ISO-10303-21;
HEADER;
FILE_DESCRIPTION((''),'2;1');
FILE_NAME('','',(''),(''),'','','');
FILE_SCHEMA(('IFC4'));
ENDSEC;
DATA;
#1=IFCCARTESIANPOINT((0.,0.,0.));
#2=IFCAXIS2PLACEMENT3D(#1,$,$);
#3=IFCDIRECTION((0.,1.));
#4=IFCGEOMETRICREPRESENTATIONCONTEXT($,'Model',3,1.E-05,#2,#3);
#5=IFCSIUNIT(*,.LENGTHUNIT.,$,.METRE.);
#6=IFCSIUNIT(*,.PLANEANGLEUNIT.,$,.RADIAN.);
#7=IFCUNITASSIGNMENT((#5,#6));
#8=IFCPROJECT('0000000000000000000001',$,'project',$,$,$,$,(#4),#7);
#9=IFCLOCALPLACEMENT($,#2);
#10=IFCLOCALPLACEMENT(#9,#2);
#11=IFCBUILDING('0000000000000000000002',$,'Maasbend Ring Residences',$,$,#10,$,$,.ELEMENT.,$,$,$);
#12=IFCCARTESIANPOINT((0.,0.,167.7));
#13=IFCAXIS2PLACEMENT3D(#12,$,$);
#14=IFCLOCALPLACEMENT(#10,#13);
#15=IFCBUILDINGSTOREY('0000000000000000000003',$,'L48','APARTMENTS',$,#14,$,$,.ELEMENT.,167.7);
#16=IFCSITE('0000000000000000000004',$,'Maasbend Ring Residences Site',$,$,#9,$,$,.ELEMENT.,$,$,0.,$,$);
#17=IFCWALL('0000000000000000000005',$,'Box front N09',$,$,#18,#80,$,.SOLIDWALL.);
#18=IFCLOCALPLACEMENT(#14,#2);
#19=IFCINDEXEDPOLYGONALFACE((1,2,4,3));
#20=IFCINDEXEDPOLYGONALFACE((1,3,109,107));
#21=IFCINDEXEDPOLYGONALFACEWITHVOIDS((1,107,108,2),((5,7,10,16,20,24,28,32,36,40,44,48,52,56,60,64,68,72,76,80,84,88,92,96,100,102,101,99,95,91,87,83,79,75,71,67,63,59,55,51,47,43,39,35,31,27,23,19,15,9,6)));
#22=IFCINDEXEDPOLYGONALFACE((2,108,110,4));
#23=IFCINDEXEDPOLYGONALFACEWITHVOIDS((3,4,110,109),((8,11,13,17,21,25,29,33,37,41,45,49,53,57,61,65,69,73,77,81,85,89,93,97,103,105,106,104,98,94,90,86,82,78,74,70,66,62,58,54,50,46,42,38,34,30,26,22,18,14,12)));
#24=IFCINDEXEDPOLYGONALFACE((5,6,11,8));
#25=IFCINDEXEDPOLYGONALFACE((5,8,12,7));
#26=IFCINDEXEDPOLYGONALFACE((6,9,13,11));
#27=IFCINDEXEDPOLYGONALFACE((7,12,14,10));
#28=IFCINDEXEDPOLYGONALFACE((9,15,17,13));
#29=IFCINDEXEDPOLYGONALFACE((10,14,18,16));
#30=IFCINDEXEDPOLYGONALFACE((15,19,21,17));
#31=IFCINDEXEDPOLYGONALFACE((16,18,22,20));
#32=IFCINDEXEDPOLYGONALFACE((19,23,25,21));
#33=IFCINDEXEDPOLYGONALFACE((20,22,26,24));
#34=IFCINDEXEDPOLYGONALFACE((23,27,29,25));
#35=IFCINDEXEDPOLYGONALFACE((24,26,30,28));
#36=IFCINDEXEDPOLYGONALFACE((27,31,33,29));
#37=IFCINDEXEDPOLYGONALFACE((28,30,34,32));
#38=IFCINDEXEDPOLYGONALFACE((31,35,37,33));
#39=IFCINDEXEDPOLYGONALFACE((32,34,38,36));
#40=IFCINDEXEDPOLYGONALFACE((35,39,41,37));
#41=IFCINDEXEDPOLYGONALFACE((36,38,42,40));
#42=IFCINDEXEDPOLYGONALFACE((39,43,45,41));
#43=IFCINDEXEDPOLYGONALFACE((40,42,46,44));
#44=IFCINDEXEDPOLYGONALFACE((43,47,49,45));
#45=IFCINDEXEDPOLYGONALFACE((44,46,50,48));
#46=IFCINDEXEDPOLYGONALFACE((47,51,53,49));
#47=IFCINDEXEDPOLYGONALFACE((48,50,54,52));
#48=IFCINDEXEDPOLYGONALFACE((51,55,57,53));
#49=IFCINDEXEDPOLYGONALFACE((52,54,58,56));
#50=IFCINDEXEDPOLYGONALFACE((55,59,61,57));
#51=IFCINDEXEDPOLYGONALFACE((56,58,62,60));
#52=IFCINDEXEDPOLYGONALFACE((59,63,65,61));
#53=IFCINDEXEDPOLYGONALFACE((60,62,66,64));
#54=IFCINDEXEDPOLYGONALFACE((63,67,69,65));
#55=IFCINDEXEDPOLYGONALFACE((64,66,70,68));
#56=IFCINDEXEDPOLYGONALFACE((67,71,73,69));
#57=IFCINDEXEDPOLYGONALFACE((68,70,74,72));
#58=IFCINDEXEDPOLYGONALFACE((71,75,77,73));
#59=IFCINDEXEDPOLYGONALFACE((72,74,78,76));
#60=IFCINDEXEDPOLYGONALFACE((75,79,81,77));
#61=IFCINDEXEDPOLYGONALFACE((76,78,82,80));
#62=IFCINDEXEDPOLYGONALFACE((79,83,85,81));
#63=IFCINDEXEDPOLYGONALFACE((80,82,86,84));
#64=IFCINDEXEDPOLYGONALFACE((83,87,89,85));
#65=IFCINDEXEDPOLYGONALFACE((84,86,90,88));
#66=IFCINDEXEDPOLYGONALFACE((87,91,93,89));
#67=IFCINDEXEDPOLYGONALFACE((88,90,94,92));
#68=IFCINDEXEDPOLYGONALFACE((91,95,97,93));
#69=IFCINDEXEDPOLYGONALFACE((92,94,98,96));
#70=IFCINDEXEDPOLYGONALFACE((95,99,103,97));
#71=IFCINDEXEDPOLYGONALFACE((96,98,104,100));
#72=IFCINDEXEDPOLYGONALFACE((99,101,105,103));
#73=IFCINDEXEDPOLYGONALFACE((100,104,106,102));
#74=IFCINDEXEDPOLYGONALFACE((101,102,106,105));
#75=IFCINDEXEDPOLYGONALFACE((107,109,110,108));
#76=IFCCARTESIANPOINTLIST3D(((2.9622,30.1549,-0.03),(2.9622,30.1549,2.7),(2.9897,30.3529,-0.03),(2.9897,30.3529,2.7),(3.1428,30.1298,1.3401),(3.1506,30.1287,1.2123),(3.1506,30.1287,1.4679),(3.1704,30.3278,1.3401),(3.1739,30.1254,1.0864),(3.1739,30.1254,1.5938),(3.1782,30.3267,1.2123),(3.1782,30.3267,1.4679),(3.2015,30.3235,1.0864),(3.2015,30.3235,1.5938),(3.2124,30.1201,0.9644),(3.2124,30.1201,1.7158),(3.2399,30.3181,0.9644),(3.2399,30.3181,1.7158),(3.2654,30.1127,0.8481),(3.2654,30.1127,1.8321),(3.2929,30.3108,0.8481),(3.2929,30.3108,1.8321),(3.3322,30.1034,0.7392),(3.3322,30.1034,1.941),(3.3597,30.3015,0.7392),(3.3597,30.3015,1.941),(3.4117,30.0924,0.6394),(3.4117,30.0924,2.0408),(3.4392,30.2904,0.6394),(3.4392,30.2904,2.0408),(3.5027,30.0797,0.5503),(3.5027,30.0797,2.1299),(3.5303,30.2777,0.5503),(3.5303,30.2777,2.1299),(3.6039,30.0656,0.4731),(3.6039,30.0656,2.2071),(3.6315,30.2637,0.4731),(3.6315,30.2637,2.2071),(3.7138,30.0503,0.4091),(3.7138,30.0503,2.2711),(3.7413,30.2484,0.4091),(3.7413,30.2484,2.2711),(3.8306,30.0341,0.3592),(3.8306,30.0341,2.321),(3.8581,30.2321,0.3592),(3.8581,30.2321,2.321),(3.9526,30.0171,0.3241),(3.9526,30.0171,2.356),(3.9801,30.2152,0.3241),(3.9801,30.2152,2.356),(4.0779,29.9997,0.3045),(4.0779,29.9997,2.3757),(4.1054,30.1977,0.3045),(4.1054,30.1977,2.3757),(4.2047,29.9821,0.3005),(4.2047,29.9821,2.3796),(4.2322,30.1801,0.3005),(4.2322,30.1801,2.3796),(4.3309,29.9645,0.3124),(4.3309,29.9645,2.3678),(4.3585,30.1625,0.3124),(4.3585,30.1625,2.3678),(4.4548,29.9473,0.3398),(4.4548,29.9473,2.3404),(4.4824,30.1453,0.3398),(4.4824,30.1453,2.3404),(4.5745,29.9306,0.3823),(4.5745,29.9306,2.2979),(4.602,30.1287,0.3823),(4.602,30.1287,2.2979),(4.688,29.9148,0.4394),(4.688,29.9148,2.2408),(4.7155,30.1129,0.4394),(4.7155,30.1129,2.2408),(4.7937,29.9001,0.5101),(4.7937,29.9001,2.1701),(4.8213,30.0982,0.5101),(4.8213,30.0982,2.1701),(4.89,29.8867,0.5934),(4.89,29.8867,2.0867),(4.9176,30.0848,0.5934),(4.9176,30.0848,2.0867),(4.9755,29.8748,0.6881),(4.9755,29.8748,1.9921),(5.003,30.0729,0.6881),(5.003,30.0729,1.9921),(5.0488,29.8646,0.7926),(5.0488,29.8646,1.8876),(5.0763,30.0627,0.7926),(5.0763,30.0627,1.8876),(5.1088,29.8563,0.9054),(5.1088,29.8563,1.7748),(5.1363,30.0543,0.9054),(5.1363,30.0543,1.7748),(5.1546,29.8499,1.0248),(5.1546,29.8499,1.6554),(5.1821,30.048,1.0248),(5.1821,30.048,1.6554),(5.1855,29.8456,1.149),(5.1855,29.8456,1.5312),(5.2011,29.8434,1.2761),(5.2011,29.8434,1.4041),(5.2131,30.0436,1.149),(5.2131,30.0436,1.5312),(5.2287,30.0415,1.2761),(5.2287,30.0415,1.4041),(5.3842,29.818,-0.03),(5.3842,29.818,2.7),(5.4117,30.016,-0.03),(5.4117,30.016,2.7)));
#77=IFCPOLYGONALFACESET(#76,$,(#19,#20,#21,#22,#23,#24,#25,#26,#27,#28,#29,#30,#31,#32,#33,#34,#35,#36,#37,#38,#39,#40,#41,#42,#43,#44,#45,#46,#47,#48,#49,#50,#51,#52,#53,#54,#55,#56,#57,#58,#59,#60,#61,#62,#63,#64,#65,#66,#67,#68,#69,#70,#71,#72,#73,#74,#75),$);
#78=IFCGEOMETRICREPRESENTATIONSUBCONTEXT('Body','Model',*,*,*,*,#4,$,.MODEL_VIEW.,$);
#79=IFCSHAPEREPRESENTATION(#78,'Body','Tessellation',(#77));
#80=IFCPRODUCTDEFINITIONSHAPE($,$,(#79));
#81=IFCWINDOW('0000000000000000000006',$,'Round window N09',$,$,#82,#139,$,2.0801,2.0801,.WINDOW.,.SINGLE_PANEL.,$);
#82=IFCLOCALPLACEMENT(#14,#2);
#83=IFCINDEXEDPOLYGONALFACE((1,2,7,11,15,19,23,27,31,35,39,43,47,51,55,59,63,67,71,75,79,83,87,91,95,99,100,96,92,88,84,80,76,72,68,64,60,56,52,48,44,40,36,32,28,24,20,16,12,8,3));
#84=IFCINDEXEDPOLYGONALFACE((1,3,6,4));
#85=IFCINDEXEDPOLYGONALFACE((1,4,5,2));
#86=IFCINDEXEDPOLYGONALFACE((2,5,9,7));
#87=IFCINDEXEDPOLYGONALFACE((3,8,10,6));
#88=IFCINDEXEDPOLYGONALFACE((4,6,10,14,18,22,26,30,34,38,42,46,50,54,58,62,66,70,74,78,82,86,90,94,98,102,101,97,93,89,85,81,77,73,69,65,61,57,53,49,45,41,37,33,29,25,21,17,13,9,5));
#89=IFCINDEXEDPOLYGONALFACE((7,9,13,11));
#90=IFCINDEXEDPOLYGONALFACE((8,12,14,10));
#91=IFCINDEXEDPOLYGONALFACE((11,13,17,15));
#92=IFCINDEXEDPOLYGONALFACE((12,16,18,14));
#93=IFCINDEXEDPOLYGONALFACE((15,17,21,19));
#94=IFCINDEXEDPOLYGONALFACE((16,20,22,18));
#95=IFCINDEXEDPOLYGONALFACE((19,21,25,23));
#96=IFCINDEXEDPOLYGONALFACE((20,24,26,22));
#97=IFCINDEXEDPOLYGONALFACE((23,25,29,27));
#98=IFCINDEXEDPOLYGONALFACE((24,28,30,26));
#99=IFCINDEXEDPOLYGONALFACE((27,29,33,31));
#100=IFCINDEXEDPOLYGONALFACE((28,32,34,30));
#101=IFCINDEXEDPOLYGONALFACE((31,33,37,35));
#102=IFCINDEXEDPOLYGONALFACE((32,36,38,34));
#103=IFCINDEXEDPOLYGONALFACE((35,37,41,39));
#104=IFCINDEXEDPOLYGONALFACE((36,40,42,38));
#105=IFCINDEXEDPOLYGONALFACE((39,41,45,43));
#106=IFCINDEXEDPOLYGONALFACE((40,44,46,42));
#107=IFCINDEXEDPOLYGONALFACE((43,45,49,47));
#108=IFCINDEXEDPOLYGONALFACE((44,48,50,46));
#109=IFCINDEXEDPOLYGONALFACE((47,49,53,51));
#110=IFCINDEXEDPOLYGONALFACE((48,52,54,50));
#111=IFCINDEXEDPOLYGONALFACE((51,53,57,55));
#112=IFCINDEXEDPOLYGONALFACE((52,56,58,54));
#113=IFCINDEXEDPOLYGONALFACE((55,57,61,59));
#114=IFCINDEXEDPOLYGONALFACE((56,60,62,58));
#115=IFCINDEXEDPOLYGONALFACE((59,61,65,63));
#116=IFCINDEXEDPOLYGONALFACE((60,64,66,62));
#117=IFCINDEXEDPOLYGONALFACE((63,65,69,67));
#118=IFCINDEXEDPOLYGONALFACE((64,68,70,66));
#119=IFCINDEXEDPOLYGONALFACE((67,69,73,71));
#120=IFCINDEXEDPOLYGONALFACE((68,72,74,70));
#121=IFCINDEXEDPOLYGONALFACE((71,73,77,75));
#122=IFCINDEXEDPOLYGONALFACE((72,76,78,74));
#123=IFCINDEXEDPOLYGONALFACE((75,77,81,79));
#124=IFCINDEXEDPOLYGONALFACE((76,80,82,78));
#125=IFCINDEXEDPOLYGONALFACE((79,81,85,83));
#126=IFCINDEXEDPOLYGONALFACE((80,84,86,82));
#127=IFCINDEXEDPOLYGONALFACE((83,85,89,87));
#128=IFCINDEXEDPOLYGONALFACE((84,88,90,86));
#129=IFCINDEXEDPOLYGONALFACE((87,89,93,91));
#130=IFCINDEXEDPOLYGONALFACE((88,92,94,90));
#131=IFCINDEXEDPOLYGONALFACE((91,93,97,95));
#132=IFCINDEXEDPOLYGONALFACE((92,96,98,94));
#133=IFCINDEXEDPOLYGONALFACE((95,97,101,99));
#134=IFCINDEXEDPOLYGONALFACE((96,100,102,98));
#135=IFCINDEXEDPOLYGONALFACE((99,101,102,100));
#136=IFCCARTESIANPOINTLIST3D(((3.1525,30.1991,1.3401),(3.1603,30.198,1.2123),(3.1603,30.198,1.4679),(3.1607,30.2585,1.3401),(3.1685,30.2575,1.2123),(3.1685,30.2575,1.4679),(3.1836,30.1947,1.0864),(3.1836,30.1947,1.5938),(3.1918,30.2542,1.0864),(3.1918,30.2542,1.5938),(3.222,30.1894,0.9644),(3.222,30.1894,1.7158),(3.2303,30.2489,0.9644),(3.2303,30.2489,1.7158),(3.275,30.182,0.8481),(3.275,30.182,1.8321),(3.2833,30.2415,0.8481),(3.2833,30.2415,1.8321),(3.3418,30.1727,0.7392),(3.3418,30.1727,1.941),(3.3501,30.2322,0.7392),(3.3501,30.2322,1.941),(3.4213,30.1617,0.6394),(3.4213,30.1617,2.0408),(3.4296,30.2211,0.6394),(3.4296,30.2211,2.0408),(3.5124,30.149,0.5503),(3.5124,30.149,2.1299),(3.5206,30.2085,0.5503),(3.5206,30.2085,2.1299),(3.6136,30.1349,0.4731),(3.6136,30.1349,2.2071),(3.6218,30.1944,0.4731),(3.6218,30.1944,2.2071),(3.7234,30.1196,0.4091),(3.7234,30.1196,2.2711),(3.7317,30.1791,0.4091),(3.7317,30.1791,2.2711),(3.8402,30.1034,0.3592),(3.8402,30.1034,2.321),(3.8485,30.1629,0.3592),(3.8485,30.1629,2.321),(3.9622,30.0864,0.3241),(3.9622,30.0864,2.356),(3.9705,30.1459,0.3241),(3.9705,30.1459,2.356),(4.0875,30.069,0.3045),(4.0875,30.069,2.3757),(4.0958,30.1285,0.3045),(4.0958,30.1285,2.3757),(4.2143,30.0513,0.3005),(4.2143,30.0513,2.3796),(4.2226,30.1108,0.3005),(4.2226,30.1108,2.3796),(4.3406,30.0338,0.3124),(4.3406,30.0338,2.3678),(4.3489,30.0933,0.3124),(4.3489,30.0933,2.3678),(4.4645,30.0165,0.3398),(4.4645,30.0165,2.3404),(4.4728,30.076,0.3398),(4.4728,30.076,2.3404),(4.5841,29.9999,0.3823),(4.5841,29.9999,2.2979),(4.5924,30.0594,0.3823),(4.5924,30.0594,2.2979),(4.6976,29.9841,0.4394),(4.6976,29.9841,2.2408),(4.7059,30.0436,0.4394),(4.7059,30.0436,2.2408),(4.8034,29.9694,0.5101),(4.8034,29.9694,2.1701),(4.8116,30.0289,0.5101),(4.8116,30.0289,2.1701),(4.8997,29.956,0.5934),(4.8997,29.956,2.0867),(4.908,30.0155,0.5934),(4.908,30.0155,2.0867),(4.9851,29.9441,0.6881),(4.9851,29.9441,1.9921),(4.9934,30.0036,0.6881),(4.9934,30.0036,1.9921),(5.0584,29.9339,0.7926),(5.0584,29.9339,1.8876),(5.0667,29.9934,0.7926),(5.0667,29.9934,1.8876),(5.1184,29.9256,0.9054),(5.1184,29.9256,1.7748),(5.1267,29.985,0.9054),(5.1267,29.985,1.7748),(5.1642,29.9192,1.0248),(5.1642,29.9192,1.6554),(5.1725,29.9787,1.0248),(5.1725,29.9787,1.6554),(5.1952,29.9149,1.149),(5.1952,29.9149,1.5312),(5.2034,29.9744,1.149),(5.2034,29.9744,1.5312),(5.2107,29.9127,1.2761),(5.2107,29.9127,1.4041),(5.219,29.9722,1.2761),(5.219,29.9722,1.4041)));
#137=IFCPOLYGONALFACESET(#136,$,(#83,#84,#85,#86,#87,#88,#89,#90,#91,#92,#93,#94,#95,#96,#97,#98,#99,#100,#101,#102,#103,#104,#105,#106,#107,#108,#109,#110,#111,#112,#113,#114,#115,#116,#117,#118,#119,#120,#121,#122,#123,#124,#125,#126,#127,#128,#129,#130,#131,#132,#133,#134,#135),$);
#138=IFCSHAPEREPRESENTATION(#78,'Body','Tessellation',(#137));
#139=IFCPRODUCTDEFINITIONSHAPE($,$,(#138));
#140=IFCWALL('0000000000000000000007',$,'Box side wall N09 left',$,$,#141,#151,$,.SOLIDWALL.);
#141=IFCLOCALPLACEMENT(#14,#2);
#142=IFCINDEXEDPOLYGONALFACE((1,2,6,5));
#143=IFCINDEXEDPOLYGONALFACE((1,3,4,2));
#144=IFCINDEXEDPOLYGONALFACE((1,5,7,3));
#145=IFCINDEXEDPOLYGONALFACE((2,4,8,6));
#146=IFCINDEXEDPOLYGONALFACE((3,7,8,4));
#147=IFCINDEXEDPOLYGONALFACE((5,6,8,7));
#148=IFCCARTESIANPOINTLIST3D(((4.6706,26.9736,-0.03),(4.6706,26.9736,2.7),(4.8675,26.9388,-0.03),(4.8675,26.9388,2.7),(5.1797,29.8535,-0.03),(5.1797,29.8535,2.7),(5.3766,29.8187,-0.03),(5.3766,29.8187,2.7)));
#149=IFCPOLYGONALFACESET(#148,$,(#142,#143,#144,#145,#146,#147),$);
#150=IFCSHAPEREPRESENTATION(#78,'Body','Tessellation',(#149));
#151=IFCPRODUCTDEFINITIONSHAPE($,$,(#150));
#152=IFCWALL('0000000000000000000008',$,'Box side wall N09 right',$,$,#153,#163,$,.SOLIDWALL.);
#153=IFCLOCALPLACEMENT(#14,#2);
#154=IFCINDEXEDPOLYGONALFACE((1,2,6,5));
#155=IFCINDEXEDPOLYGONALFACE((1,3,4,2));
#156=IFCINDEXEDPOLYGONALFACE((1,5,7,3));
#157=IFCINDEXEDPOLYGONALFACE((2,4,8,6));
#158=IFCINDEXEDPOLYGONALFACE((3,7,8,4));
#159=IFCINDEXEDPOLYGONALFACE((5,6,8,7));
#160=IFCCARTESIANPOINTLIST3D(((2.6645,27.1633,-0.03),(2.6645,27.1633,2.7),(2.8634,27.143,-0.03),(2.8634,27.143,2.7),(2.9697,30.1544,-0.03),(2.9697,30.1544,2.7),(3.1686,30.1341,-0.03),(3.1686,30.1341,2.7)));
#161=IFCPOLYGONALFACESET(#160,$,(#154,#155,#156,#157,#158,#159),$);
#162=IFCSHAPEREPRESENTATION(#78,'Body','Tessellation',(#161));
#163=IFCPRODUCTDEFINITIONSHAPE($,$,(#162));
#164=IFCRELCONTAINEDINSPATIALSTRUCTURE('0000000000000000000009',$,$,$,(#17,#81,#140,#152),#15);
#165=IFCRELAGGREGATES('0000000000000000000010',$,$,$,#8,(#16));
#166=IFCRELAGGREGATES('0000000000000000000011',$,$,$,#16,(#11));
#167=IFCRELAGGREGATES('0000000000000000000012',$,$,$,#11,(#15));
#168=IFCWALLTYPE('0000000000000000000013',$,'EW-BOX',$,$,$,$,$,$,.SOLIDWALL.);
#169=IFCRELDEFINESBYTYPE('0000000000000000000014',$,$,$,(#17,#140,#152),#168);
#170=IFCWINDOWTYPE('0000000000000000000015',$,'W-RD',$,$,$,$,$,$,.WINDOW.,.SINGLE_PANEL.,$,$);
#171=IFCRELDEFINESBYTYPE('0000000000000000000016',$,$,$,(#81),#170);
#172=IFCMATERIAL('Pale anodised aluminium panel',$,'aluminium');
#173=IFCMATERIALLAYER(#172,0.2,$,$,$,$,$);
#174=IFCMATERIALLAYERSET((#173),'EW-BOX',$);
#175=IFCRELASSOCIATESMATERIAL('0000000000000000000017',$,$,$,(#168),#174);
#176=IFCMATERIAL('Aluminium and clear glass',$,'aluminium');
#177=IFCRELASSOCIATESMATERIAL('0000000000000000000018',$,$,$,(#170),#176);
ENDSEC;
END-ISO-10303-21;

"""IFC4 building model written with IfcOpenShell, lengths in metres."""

from ifc_helpers import new_model, si_unit, direction, frame, frame_2d, origin, place, context, subcontext, project, spatial, rectangle, circle, extrude, material, layer, layer_set, type_object, element, fill, save


model = new_model("IFC4")

# Units and contexts
model_context = context("Model", 3, precision=1e-05, world=origin(), true_north=direction((0.0, 1.0)))
body_context = subcontext(model_context, "Body", "Model", "MODEL_VIEW")
ifc_project = project(units=[si_unit("LENGTHUNIT", "METRE"), si_unit("PLANEANGLEUNIT", "RADIAN")], contexts=[model_context])

# Site, building, storey
site_placement = place(None, origin())
site = spatial("IfcSite", under=ifc_project, at=site_placement, Name="Maasbend Ring Residences Site", CompositionType="ELEMENT", RefElevation=0.0)
building_placement = place(site_placement, origin())
building = spatial("IfcBuilding", under=site, at=building_placement, Name="Maasbend Ring Residences", CompositionType="ELEMENT")
storey_placement = place(building_placement, frame((0.0, 0.0, 167.7)))
storey = spatial("IfcBuildingStorey", under=building, at=storey_placement, Name="L48", Description="APARTMENTS", CompositionType="ELEMENT", Elevation=167.7)

# Shared definitions
ifc_material_1 = material(Name="Pale anodised aluminium panel", Category="aluminium")
ifc_layer_1 = layer(ifc_material_1, 0.2)
ifc_layer_set_1 = layer_set([ifc_layer_1], Name="EW-BOX")
wall_type_1 = type_object("IfcWallType", Name="EW-BOX", PredefinedType="SOLIDWALL", material=ifc_layer_set_1)

# Wall, opening, window
wall_1_placement = place(storey_placement, frame((5.3979, 29.917, -0.03), z_axis=(0.0, 0.0, 1.0), x_axis=(-0.990462, 0.137786, 0.0)))
wall_1 = element("IfcWall", 1, at=wall_1_placement, inside=storey, type_object=wall_type_1, Name="Box front N09", PredefinedType="SOLIDWALL", context=body_context, shape_type="SweptSolid", body=[
    extrude(rectangle(XDim=2.4453, YDim=0.2, at=frame_2d((1.2227, 0.0))), origin(), (0.0, 0.0, 1.0), 2.73),
])
opening_1_placement = place(wall_1_placement, frame((0.1829, 0.0, 0.3301)))
opening_1 = element("IfcOpeningElement", 2, at=opening_1_placement, cuts=wall_1, PredefinedType="OPENING", context=body_context, shape_type="SweptSolid", body=[
    extrude(circle(Radius=1.04, at=frame_2d((1.04, 1.04))), frame((0.0, 0.1099, 0.0), z_axis=(0.0, -1.0, 0.0), x_axis=(1.0, 0.0, 0.0)), (0.0, 0.0, 1.0), 0.22),
])
ifc_material_2 = material(Name="Aluminium and clear glass", Category="aluminium")
window_type_1 = type_object("IfcWindowType", Name="W-RD", PartitioningType="SINGLE_PANEL", PredefinedType="WINDOW", material=ifc_material_2)
window_1_placement = place(opening_1_placement, origin())
window_1 = element("IfcWindow", 3, at=window_1_placement, inside=storey, type_object=window_type_1, Name="Round window N09", OverallHeight=2.0801, OverallWidth=2.0801, PartitioningType="SINGLE_PANEL", PredefinedType="WINDOW", context=body_context, shape_type="SweptSolid", body=[
    extrude(circle(Radius=1.04, at=frame_2d((1.04, 1.04))), frame((0.0, 0.03, 0.0), z_axis=(0.0, -1.0, 0.0), x_axis=(1.0, 0.0, 0.0)), (0.0, 0.0, 1.0), 0.0601),
])
fill(opening_1, window_1)

# Walls
wall_2_placement = place(storey_placement, frame((4.769, 26.9561, -0.03), z_axis=(0.0, 0.0, 1.0), x_axis=(0.174057, 0.984736, 0.0)))
element("IfcWall", 4, at=wall_2_placement, inside=storey, type_object=wall_type_1, Name="Box side wall N09 left", PredefinedType="SOLIDWALL", context=body_context, shape_type="SweptSolid", body=[
    extrude(rectangle(XDim=2.9246, YDim=0.2, at=frame_2d((1.4624, 0.0))), origin(), (0.0, 0.0, 1.0), 2.73),
])
wall_3_placement = place(storey_placement, frame((2.7639, 27.1531, -0.03), z_axis=(0.0, 0.0, 1.0), x_axis=(0.101505, 0.994835, 0.0)))
element("IfcWall", 5, at=wall_3_placement, inside=storey, type_object=wall_type_1, Name="Box side wall N09 right", PredefinedType="SOLIDWALL", context=body_context, shape_type="SweptSolid", body=[
    extrude(rectangle(XDim=3.0066, YDim=0.2, at=frame_2d((1.5034, 0.0))), origin(), (0.0, 0.0, 1.0), 2.73),
])

save(model, "model.ifc")
